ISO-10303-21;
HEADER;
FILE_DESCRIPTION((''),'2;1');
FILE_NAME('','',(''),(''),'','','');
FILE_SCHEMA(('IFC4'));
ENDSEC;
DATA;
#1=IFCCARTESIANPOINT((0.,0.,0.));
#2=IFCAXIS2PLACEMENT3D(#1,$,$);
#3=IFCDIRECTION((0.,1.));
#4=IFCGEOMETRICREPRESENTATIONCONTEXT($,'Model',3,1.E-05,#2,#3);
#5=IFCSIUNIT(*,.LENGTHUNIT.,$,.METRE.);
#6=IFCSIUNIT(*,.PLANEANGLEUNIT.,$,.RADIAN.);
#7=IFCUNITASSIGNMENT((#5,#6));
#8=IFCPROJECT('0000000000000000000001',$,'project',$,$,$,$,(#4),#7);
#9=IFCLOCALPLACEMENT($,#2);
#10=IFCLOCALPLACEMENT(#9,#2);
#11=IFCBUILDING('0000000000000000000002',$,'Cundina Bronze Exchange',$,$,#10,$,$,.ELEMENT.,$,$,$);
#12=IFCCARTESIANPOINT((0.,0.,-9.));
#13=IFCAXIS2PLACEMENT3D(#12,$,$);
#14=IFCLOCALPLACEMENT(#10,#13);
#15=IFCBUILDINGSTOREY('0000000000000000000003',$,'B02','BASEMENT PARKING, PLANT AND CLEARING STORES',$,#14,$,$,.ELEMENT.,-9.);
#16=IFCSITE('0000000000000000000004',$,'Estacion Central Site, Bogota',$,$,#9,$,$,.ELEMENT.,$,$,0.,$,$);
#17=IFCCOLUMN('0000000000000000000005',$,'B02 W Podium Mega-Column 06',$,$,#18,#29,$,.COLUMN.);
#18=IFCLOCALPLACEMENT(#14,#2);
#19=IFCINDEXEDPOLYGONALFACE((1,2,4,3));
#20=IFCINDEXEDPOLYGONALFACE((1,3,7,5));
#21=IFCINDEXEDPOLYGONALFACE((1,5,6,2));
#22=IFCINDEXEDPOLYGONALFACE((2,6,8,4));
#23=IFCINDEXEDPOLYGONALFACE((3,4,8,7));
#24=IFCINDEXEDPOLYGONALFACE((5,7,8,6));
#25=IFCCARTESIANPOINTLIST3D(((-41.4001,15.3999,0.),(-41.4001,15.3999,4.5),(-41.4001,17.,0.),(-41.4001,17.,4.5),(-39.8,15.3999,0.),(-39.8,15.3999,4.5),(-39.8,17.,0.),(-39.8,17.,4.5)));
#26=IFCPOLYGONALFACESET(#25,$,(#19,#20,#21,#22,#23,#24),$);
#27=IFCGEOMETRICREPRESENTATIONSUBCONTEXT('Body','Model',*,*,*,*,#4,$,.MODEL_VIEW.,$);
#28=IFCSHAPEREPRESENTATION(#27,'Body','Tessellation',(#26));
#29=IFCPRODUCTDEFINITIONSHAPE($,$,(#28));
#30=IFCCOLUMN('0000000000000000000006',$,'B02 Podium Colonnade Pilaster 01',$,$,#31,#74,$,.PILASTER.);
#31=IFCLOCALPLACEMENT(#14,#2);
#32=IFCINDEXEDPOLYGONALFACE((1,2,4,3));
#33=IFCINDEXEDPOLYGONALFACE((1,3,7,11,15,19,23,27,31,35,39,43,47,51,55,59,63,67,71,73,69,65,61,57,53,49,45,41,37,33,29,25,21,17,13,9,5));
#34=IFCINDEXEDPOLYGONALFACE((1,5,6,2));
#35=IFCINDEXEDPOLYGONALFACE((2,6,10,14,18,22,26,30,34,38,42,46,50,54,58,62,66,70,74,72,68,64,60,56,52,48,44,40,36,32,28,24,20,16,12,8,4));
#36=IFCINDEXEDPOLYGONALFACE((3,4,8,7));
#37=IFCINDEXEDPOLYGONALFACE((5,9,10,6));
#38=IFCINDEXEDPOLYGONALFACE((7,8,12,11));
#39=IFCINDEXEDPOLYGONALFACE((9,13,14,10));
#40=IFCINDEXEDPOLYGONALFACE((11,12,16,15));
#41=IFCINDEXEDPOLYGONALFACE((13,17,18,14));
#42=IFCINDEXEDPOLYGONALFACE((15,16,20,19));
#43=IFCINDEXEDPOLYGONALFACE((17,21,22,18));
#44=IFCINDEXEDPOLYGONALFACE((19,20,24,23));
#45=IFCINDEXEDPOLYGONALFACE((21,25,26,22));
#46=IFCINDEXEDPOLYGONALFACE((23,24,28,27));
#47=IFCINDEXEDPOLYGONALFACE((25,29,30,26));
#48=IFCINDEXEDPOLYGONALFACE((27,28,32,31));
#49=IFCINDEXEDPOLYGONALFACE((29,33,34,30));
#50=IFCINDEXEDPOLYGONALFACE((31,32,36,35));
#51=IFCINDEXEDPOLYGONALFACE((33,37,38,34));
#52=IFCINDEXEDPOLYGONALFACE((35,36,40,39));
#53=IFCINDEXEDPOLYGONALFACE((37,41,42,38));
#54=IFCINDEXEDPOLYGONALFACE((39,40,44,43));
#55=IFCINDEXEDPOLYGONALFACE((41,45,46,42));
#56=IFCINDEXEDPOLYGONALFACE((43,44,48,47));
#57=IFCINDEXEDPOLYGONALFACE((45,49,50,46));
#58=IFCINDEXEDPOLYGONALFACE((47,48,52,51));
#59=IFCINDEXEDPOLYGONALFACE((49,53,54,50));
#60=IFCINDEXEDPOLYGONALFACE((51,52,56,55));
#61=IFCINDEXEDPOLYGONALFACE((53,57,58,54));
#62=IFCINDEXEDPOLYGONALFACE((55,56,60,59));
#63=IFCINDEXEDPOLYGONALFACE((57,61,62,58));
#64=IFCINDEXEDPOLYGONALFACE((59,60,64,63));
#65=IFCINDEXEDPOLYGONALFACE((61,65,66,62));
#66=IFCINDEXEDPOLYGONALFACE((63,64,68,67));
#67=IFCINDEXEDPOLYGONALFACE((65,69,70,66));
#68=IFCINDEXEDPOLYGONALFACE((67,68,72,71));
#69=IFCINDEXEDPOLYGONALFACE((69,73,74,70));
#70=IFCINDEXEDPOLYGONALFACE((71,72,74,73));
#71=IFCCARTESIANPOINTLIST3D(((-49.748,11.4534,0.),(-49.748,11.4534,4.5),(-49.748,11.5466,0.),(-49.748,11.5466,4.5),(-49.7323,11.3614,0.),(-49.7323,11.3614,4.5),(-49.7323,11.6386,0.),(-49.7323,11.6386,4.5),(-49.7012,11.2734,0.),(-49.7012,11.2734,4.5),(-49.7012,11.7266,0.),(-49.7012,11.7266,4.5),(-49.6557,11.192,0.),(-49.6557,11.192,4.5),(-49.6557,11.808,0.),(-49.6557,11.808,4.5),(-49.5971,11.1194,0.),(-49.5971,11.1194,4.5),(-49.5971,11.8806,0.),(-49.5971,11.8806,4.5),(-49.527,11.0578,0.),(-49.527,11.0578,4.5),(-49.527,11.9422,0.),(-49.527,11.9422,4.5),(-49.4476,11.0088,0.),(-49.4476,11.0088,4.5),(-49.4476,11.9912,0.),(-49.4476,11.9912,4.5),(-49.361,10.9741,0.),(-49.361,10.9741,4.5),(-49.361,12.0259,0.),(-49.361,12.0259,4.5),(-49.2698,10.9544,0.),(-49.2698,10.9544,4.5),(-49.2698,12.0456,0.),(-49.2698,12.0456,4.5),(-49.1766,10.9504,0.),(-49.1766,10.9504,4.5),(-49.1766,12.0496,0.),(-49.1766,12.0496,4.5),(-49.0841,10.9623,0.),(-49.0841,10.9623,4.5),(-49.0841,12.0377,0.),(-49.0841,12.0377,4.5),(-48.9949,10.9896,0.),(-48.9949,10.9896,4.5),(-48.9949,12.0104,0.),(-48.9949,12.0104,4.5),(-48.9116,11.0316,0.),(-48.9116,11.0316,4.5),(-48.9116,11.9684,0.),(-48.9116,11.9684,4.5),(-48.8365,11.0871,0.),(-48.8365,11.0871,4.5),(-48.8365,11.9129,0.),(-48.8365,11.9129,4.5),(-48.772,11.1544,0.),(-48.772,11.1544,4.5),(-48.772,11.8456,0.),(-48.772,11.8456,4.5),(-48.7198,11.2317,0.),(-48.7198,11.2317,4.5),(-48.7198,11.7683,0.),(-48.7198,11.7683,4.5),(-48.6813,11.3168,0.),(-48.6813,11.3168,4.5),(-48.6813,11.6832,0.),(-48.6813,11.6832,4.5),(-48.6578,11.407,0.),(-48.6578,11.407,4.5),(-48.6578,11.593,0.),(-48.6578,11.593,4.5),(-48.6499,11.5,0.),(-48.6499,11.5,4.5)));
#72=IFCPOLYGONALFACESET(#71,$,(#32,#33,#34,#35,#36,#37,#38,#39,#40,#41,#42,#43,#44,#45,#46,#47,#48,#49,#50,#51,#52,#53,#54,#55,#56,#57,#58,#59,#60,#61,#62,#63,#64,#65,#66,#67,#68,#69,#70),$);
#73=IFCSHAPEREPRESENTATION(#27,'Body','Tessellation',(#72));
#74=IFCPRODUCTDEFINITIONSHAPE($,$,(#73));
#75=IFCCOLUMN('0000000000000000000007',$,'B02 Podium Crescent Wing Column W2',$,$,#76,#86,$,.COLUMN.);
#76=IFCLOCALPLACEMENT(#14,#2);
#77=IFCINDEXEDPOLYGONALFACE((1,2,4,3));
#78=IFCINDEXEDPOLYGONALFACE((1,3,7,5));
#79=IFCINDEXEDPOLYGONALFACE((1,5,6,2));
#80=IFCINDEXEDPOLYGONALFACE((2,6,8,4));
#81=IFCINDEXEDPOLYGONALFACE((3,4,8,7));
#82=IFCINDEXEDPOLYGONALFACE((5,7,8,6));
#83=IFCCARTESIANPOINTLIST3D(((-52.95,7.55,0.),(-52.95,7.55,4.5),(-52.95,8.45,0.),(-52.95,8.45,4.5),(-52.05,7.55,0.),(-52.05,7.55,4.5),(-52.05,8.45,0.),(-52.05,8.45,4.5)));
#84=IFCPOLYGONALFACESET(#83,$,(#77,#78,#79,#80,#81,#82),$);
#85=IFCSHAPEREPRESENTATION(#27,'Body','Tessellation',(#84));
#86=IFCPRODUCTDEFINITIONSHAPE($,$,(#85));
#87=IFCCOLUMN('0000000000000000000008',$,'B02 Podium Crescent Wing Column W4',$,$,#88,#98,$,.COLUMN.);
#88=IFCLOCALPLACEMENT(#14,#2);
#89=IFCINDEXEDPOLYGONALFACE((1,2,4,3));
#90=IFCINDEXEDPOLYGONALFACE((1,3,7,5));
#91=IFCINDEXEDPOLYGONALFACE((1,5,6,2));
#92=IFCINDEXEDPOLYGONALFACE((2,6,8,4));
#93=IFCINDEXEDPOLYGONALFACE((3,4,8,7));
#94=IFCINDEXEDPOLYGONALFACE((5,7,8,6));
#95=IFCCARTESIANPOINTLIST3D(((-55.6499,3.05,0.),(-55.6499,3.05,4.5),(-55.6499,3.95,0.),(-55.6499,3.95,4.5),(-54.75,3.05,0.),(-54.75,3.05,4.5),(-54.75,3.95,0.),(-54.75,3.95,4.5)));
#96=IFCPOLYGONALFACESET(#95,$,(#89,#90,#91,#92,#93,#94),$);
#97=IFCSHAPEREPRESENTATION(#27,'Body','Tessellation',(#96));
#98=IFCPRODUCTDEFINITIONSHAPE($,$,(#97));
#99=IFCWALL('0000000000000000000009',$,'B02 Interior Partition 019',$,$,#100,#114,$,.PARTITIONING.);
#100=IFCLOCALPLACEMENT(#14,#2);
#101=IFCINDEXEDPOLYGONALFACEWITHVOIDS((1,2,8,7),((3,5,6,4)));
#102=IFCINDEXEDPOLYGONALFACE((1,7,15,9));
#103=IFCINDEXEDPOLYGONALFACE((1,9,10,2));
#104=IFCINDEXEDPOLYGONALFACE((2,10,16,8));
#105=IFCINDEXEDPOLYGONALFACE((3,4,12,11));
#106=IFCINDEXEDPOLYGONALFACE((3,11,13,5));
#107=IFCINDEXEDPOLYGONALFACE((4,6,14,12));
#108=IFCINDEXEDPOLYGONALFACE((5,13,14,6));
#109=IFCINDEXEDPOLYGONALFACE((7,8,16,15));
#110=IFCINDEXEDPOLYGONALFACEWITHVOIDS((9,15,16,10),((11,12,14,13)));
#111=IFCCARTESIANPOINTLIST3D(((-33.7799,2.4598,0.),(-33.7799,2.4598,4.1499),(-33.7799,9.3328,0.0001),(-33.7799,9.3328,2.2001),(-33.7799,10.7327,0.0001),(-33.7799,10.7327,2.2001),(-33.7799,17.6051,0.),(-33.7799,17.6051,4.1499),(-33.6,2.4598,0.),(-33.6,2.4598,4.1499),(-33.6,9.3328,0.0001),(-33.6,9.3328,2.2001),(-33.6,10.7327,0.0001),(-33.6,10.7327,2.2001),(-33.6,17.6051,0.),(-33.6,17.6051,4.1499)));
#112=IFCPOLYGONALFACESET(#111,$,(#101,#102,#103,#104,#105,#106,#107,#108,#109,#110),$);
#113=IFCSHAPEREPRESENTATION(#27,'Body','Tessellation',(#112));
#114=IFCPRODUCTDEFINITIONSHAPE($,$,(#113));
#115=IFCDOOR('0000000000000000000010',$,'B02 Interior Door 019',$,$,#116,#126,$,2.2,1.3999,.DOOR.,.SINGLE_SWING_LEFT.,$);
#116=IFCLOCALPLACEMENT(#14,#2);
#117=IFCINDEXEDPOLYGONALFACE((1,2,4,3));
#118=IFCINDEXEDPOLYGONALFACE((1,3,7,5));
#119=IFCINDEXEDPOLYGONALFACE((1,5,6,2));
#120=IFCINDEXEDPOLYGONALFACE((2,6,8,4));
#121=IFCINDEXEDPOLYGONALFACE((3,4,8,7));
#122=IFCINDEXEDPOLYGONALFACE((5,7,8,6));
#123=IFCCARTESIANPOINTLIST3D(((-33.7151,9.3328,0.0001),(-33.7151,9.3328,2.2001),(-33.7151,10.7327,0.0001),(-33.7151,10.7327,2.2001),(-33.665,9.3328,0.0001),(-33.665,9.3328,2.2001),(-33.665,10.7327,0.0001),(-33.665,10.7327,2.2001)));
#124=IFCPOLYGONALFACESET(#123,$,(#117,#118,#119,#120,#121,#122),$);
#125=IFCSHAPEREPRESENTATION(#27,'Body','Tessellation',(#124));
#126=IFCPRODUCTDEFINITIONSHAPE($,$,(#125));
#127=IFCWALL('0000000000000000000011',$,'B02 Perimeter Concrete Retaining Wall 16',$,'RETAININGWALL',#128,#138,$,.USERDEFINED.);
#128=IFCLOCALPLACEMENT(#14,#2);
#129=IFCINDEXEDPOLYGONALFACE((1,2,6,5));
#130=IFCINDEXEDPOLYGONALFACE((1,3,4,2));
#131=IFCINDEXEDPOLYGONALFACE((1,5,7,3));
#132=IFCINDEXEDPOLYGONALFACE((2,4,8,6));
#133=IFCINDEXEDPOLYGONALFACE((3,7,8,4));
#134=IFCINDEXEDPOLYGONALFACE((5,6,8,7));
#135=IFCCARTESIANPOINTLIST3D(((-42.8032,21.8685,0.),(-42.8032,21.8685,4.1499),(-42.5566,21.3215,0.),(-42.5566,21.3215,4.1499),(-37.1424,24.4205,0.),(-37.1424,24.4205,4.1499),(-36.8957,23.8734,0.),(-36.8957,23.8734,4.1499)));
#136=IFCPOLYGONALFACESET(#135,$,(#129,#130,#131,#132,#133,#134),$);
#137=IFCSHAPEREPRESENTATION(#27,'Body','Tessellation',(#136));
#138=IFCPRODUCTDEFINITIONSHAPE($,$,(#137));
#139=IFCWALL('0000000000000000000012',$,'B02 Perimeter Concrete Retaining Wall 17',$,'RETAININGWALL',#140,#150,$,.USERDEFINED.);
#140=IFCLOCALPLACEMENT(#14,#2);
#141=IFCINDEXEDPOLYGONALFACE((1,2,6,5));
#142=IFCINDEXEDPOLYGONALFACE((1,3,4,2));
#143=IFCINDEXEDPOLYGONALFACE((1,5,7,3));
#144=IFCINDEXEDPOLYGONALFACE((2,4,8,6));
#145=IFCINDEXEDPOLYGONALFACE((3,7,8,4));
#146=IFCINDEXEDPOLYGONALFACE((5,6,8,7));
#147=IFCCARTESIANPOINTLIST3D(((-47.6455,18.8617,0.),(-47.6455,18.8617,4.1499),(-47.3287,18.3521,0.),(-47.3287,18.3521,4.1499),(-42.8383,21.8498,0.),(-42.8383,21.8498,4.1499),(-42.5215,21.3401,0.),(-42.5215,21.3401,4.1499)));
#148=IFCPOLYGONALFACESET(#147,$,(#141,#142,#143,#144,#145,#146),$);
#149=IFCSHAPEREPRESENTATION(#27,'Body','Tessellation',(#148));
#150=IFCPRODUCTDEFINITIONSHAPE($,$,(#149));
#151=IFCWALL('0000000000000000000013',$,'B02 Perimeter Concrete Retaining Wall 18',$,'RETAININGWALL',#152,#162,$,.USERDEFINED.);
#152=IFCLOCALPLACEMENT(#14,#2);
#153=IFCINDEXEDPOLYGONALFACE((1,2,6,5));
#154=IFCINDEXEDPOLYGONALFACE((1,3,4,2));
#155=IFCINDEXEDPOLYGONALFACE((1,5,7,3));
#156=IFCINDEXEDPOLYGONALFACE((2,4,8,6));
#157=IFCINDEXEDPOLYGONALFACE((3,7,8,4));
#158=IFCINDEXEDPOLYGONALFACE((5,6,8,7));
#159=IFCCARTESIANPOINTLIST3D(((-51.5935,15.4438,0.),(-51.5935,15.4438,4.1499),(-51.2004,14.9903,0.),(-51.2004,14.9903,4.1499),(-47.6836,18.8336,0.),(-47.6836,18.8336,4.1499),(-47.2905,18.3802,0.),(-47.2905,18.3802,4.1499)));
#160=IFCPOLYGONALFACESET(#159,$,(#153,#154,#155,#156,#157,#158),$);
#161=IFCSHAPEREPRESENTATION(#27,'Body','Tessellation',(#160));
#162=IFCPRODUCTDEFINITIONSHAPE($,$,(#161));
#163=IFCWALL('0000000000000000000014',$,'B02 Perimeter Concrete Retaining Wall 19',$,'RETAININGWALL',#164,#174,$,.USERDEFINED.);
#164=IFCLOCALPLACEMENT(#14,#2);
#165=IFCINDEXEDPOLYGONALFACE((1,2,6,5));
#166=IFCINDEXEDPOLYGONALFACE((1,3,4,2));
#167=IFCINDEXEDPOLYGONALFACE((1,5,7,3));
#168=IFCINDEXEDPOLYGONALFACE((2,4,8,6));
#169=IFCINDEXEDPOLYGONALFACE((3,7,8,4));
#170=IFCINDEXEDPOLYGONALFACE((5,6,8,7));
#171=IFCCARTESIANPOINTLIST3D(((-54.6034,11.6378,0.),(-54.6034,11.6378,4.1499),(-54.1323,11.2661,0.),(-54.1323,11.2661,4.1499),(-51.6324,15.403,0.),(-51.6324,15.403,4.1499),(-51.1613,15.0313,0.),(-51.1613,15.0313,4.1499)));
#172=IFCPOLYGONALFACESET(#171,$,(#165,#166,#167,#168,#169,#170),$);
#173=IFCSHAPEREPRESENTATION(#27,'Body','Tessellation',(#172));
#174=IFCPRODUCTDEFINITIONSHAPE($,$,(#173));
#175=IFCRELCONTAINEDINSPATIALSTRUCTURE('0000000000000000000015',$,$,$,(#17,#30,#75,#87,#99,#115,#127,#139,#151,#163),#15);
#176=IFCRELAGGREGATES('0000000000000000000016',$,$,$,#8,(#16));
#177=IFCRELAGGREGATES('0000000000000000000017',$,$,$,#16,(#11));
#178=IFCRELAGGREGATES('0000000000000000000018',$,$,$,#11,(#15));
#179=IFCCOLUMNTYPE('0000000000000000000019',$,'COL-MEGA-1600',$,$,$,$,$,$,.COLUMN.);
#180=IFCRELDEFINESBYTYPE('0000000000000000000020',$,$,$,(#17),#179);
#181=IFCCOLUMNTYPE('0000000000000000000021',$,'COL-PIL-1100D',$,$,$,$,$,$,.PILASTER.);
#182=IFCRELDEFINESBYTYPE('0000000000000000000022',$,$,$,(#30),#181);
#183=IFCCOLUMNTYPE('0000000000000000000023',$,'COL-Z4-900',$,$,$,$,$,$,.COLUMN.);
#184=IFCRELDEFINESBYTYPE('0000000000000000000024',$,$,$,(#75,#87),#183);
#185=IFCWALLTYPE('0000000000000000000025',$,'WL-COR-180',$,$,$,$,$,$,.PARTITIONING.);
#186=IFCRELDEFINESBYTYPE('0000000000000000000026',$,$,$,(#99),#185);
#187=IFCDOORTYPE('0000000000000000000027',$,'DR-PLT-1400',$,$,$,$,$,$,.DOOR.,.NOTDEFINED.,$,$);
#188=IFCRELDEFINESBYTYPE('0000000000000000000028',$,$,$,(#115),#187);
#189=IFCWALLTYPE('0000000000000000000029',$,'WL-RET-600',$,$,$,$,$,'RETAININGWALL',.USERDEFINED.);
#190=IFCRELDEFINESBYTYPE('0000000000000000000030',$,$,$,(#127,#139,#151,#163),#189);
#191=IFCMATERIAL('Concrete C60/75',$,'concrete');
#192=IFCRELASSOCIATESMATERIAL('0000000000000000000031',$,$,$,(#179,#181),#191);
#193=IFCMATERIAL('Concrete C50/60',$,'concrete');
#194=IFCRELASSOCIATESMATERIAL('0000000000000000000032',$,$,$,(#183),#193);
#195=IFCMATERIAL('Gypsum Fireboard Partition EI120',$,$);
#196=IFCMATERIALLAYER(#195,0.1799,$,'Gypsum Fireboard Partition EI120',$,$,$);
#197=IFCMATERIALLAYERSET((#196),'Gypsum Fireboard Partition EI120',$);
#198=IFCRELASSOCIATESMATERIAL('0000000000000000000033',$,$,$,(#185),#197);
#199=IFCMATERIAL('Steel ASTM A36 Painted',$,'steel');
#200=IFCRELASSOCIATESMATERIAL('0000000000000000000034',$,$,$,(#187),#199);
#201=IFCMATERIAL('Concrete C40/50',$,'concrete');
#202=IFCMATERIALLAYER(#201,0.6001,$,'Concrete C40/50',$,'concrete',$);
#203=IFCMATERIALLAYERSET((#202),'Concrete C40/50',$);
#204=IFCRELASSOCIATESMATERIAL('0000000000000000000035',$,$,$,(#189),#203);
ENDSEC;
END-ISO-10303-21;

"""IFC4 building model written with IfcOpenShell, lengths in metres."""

from ifc_helpers import new_model, si_unit, direction, frame, frame_2d, origin, origin_2d, place, context, subcontext, project, spatial, rectangle, circle, extrude, material, layer, layer_set, material_profile, profile_set, type_object, element, fill, save


model = new_model("IFC4")

# Units and contexts
model_context = context("Model", 3, precision=1e-05, world=origin(), true_north=direction((0.0, 1.0)))
body_context = subcontext(model_context, "Body", "Model", "MODEL_VIEW")
ifc_project = project(units=[si_unit("LENGTHUNIT", "METRE"), si_unit("PLANEANGLEUNIT", "RADIAN")], contexts=[model_context])

# Site, building, storey
site_placement = place(None, origin())
site = spatial("IfcSite", under=ifc_project, at=site_placement, Name="Estacion Central Site, Bogota", CompositionType="ELEMENT", RefElevation=0.0)
building_placement = place(site_placement, origin())
building = spatial("IfcBuilding", under=site, at=building_placement, Name="Cundina Bronze Exchange", CompositionType="ELEMENT")
storey_placement = place(building_placement, frame((0.0, 0.0, -9.0)))
storey = spatial("IfcBuildingStorey", under=building, at=storey_placement, Name="B02", Description="BASEMENT PARKING, PLANT AND CLEARING STORES", CompositionType="ELEMENT", Elevation=-9.0)

# Shared definitions
ifc_material_1 = material(Name="Concrete C40/50", Category="concrete")

# Columns
ifc_material_2 = material(Name="Concrete C60/75", Category="concrete")
ifc_material_profile_1 = material_profile(ifc_material_2, rectangle(XDim=1.6001, YDim=1.6001, at=origin_2d()), Name="RC1600X1600", Category="concrete")
ifc_profile_set_1 = profile_set([ifc_material_profile_1], Name="Concrete C60/75")
column_type_1 = type_object("IfcColumnType", Name="COL-MEGA-1600", PredefinedType="COLUMN", material=ifc_profile_set_1)
column_1_placement = place(storey_placement, frame((-40.6001, 16.2, 0.0), z_axis=(0.0, 0.0, 1.0), x_axis=(1.0, 0.0, 0.0)))
element("IfcColumn", 1, at=column_1_placement, inside=storey, type_object=column_type_1, Name="B02 W Podium Mega-Column 06", PredefinedType="COLUMN", context=body_context, shape_type="SweptSolid", body=[
    extrude(rectangle(XDim=1.6001, YDim=1.6001, at=origin_2d()), origin(), (0.0, 0.0, 1.0), 4.5),
])
ifc_material_profile_2 = material_profile(ifc_material_2, circle(Radius=0.55, at=origin_2d()), Name="RC1100D", Category="concrete")
ifc_profile_set_2 = profile_set([ifc_material_profile_2], Name="Concrete C60/75")
column_type_2 = type_object("IfcColumnType", Name="COL-PIL-1100D", PredefinedType="PILASTER", material=ifc_profile_set_2)
column_2_placement = place(storey_placement, frame((-49.2, 11.5, 0.0), z_axis=(0.0, 0.0, 1.0), x_axis=(1.0, 0.0, 0.0)))
element("IfcColumn", 2, at=column_2_placement, inside=storey, type_object=column_type_2, Name="B02 Podium Colonnade Pilaster 01", PredefinedType="PILASTER", context=body_context, shape_type="SweptSolid", body=[
    extrude(circle(Radius=0.55, at=origin_2d()), origin(), (0.0, 0.0, 1.0), 4.5),
])
ifc_material_3 = material(Name="Concrete C50/60", Category="concrete")
ifc_material_profile_3 = material_profile(ifc_material_3, rectangle(XDim=0.8999, YDim=0.8999, at=origin_2d()), Name="RC900X900", Category="concrete")
ifc_profile_set_3 = profile_set([ifc_material_profile_3], Name="Concrete C50/60")
column_type_3 = type_object("IfcColumnType", Name="COL-Z4-900", PredefinedType="COLUMN", material=ifc_profile_set_3)
for number, where, z_axis, x_axis, name in (
    (3, (-52.5, 8.0, 0.0), (0.0, 0.0, 1.0), (1.0, 0.0, 0.0), "B02 Podium Crescent Wing Column W2"),
    (4, (-55.2, 3.5, 0.0), (0.0, 0.0, 1.0), (1.0, 0.0, 0.0), "B02 Podium Crescent Wing Column W4"),
):
    element("IfcColumn", number, at=place(storey_placement, frame(where, z_axis=z_axis, x_axis=x_axis)), inside=storey, type_object=column_type_3, Name=name, PredefinedType="COLUMN", context=body_context, shape_type="SweptSolid", body=[
        extrude(rectangle(XDim=0.8999, YDim=0.8999, at=origin_2d()), origin(), (0.0, 0.0, 1.0), 4.5),
    ])

# Wall, opening, door
ifc_material_4 = material(Name="Gypsum Fireboard Partition EI120")
ifc_layer_1 = layer(ifc_material_4, 0.1799, Name="Gypsum Fireboard Partition EI120")
ifc_layer_set_1 = layer_set([ifc_layer_1], Name="Gypsum Fireboard Partition EI120")
wall_type_1 = type_object("IfcWallType", Name="WL-COR-180", PredefinedType="PARTITIONING", material=ifc_layer_set_1)
wall_1_placement = place(storey_placement, frame((-33.6899, 17.6052, 0.0), z_axis=(0.0, 0.0, 1.0), x_axis=(0.0, -1.0, 0.0)))
wall_1 = element("IfcWall", 5, at=wall_1_placement, inside=storey, type_object=wall_type_1, Name="B02 Interior Partition 019", PredefinedType="PARTITIONING", context=body_context, shape_type="SweptSolid", body=[
    extrude(rectangle(XDim=15.1453, YDim=0.1799, at=frame_2d((7.5728, 0.0))), origin(), (0.0, 0.0, 1.0), 4.1499),
])
opening_placement = place(wall_1_placement, frame((6.8726, 0.0, 0.0)))
opening = element("IfcOpeningElement", 6, at=opening_placement, cuts=wall_1, PredefinedType="OPENING", context=body_context, shape_type="SweptSolid", body=[
    extrude(rectangle(XDim=1.3999, YDim=2.2, at=frame_2d((0.7, 1.1001))), frame((0.0, 0.0999, 0.0), z_axis=(0.0, -1.0, 0.0), x_axis=(1.0, 0.0, 0.0)), (0.0, 0.0, 1.0), 0.2),
])
ifc_material_5 = material(Name="Steel ASTM A36 Painted", Category="steel")
door_type = type_object("IfcDoorType", Name="DR-PLT-1400", OperationType="NOTDEFINED", PredefinedType="DOOR", material=ifc_material_5)
door_placement = place(opening_placement, origin())
door = element("IfcDoor", 7, at=door_placement, inside=storey, type_object=door_type, Name="B02 Interior Door 019", OperationType="SINGLE_SWING_LEFT", OverallHeight=2.2, OverallWidth=1.3999, PredefinedType="DOOR", context=body_context, shape_type="SweptSolid", body=[
    extrude(rectangle(XDim=1.3999, YDim=2.2, at=frame_2d((0.7, 1.1001))), frame((0.0, 0.0249, 0.0), z_axis=(0.0, -1.0, 0.0), x_axis=(1.0, 0.0, 0.0)), (0.0, 0.0, 1.0), 0.05),
])
fill(opening, door)

# Walls
ifc_layer_2 = layer(ifc_material_1, 0.6001, Name="Concrete C40/50", Category="concrete")
ifc_layer_set_2 = layer_set([ifc_layer_2], Name="Concrete C40/50")
wall_type_2 = type_object("IfcWallType", Name="WL-RET-600", ElementType="RETAININGWALL", PredefinedType="USERDEFINED", material=ifc_layer_set_2)
wall_2_placement = place(storey_placement, frame((-37.019, 24.147, 0.0), z_axis=(0.0, 0.0, 1.0), x_axis=(-0.911644, -0.410981, 0.0)))
element("IfcWall", 8, at=wall_2_placement, inside=storey, type_object=wall_type_2, Name="B02 Perimeter Concrete Retaining Wall 16", ObjectType="RETAININGWALL", PredefinedType="USERDEFINED", context=body_context, shape_type="SweptSolid", body=[
    extrude(rectangle(XDim=6.2095, YDim=0.6001, at=frame_2d((3.1047, 0.0))), origin(), (0.0, 0.0, 1.0), 4.1499),
])
wall_3_placement = place(storey_placement, frame((-42.6799, 21.595, 0.0), z_axis=(0.0, 0.0, 1.0), x_axis=(-0.849299, -0.527911, 0.0)))
element("IfcWall", 9, at=wall_3_placement, inside=storey, type_object=wall_type_2, Name="B02 Perimeter Concrete Retaining Wall 17", ObjectType="RETAININGWALL", PredefinedType="USERDEFINED", context=body_context, shape_type="SweptSolid", body=[
    extrude(rectangle(XDim=5.6602, YDim=0.6001, at=frame_2d((2.8301, 0.0))), origin(), (0.0, 0.0, 1.0), 4.1499),
])
wall_4_placement = place(storey_placement, frame((-47.4871, 18.6069, 0.0), z_axis=(0.0, 0.0, 1.0), x_axis=(-0.755565, -0.655074, 0.0)))
element("IfcWall", 10, at=wall_4_placement, inside=storey, type_object=wall_type_2, Name="B02 Perimeter Concrete Retaining Wall 18", ObjectType="RETAININGWALL", PredefinedType="USERDEFINED", context=body_context, shape_type="SweptSolid", body=[
    extrude(rectangle(XDim=5.1748, YDim=0.6001, at=frame_2d((2.5874, 0.0))), origin(), (0.0, 0.0, 1.0), 4.1499),
])
wall_5_placement = place(storey_placement, frame((-51.397, 15.217, 0.0), z_axis=(0.0, 0.0, 1.0), x_axis=(-0.619448, -0.785038, 0.0)))
element("IfcWall", 11, at=wall_5_placement, inside=storey, type_object=wall_type_2, Name="B02 Perimeter Concrete Retaining Wall 19", ObjectType="RETAININGWALL", PredefinedType="USERDEFINED", context=body_context, shape_type="SweptSolid", body=[
    extrude(rectangle(XDim=4.7961, YDim=0.6001, at=frame_2d((2.3979, 0.0))), origin(), (0.0, 0.0, 1.0), 4.1499),
])

save(model, "model.ifc")
